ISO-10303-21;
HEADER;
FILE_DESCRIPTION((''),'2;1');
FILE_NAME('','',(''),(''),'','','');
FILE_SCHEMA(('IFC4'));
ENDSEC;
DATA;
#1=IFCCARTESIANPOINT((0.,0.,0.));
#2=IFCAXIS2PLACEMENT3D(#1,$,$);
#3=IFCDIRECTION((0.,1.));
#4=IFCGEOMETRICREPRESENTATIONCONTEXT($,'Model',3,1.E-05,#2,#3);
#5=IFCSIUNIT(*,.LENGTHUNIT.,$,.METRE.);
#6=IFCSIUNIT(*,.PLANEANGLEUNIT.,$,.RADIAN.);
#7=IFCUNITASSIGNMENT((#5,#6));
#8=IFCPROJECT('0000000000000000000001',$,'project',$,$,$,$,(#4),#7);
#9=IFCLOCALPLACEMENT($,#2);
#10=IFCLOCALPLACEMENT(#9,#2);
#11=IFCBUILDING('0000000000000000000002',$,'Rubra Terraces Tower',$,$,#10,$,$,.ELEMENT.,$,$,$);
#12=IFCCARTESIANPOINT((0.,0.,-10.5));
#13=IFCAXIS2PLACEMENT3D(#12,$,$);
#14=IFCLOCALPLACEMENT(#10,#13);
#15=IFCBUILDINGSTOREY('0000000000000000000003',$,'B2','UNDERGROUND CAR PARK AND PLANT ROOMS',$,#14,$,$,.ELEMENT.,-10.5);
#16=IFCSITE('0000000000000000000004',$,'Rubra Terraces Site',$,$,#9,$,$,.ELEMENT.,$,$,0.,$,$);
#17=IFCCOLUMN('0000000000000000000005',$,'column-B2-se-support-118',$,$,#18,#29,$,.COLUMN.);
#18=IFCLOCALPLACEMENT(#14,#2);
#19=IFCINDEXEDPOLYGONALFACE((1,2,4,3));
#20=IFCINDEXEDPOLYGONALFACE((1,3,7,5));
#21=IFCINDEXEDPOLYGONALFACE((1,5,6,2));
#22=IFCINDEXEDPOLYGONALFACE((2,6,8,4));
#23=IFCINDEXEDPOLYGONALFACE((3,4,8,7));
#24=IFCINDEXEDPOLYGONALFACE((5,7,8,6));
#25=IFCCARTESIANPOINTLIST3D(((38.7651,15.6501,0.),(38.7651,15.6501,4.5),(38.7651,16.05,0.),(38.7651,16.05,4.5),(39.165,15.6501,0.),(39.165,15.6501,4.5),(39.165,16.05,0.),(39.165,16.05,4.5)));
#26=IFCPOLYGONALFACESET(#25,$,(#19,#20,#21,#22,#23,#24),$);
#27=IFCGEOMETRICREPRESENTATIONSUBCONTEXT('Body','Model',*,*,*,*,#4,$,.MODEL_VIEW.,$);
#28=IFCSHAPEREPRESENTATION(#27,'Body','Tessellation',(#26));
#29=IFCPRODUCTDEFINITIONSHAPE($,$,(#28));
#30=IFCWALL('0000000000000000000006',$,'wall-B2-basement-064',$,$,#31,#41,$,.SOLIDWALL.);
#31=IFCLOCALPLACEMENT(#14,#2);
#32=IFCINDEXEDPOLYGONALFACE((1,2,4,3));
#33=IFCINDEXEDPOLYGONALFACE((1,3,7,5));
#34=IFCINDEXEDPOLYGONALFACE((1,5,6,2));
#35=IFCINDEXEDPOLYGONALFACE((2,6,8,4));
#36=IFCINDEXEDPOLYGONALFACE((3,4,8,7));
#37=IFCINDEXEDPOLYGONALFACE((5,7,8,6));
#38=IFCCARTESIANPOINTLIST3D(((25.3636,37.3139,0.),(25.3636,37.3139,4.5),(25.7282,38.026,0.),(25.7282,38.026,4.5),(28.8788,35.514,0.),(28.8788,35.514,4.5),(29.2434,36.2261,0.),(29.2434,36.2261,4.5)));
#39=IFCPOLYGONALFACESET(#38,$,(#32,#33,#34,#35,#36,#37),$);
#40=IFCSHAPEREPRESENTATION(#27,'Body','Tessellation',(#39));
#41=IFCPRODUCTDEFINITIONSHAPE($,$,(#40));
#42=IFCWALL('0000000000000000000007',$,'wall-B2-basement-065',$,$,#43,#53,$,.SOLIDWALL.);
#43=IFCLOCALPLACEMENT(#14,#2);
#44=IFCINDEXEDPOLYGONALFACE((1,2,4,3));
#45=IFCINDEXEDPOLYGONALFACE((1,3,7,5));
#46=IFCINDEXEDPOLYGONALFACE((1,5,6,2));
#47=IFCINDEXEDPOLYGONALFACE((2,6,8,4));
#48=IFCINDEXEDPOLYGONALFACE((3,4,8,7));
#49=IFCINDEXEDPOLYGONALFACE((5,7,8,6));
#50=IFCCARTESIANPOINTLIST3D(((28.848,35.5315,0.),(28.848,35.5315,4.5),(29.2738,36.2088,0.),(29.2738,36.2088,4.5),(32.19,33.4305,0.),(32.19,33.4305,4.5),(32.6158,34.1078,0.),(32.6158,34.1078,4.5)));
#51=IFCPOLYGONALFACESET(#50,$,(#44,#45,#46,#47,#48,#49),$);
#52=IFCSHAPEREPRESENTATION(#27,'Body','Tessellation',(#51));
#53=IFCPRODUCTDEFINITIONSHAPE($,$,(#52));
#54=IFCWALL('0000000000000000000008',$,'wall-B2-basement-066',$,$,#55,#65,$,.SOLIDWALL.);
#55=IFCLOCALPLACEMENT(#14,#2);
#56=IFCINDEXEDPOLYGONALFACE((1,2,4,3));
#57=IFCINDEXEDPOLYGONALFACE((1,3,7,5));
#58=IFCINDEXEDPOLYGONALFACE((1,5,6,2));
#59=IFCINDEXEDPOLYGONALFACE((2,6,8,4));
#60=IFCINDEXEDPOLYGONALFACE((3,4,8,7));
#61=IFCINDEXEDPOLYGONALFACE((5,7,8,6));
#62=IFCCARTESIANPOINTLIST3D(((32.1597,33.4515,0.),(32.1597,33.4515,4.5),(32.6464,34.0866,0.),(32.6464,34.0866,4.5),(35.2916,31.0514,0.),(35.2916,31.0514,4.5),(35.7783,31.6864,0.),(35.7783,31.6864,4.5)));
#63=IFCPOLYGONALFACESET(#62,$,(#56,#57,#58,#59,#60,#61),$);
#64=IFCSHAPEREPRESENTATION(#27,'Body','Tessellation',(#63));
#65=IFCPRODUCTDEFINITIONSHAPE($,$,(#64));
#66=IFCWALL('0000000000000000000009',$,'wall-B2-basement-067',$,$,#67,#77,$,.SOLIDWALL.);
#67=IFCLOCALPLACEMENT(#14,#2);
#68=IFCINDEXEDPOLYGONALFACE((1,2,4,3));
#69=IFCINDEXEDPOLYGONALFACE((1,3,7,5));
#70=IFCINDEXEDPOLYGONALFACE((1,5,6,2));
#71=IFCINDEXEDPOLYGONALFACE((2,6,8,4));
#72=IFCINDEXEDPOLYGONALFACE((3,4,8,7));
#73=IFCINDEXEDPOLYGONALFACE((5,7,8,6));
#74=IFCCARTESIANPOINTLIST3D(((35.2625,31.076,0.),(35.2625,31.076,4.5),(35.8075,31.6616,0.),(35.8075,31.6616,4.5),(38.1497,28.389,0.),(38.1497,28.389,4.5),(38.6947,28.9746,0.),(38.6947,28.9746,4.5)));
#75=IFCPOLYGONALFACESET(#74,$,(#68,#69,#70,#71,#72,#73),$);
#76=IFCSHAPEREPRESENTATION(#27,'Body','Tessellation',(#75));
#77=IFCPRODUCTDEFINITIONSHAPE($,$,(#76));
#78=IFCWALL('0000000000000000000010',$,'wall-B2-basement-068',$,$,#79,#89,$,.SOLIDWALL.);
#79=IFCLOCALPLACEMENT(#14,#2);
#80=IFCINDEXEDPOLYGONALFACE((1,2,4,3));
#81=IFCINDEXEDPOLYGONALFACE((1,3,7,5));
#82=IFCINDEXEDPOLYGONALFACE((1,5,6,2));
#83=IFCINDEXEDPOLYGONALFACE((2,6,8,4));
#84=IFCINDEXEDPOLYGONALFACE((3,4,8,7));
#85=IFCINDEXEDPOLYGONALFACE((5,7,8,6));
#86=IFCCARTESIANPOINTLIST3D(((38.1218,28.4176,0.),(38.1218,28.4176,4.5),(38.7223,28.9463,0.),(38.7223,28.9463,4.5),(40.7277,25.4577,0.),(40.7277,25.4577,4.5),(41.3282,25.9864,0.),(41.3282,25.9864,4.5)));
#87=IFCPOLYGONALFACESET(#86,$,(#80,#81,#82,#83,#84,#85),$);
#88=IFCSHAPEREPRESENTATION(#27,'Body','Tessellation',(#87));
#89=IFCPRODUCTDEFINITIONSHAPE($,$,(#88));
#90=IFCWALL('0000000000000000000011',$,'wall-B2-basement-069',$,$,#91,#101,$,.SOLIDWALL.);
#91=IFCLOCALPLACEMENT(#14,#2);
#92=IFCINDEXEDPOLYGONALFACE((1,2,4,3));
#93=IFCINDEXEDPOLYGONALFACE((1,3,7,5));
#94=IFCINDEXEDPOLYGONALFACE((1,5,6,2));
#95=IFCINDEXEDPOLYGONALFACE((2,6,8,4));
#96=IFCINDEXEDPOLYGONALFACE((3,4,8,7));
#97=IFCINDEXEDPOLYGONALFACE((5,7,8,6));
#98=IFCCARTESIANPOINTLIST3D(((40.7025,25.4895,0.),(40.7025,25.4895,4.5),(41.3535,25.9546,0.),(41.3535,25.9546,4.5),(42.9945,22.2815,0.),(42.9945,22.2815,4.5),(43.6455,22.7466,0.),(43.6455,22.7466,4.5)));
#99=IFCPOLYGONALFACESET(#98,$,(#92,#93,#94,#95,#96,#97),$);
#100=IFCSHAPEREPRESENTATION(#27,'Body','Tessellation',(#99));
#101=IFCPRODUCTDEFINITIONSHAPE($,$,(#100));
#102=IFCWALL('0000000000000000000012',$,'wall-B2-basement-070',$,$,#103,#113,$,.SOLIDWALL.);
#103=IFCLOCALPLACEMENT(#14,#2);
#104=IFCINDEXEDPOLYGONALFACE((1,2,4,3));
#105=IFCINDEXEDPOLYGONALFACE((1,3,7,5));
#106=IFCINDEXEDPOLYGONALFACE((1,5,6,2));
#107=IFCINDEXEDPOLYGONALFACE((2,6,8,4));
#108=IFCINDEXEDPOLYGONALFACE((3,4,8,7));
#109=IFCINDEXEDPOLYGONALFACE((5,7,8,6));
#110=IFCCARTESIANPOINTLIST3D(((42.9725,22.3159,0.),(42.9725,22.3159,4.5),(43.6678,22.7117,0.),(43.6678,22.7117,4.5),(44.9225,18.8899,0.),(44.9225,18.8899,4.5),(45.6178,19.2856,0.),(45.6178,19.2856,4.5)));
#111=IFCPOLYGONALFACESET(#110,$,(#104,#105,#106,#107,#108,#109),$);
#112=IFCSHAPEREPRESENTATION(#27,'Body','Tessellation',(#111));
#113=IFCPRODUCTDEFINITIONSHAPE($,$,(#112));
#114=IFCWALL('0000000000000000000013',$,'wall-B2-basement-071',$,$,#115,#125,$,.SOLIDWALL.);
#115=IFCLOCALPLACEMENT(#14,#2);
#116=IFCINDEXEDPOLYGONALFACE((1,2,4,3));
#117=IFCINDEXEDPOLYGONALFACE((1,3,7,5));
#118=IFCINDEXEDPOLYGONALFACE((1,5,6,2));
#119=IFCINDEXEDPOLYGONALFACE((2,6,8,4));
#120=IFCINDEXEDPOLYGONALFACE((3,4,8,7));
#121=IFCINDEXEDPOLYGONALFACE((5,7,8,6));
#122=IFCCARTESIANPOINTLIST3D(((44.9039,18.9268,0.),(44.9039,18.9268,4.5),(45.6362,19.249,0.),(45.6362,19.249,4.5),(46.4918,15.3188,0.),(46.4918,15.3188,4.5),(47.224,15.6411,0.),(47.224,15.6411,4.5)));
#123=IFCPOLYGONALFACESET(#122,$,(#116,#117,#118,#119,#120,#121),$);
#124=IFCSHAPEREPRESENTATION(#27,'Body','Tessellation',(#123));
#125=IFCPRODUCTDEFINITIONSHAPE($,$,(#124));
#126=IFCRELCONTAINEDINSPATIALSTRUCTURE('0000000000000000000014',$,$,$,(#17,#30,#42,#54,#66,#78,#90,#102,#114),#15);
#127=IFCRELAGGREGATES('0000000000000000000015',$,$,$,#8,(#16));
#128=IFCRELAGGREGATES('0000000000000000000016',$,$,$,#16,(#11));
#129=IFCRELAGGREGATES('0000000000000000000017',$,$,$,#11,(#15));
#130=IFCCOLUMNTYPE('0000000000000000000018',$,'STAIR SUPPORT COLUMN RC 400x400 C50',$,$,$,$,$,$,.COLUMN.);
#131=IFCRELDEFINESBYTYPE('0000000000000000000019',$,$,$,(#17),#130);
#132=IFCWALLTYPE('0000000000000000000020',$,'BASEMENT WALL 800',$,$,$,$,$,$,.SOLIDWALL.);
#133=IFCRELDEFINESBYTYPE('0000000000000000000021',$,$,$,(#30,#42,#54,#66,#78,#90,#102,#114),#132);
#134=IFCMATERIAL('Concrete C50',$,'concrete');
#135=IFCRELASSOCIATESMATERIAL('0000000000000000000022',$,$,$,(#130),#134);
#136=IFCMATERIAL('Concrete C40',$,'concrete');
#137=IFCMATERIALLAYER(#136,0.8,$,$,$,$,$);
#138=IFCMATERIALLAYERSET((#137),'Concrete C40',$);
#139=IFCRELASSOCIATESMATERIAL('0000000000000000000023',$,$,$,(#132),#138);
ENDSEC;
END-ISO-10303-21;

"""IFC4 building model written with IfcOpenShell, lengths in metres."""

from ifc_helpers import new_model, si_unit, direction, frame, frame_2d, origin, origin_2d, place, context, subcontext, project, spatial, rectangle, extrude, material, layer, layer_set, material_profile, profile_set, type_object, element, save


model = new_model("IFC4")

# Units and contexts
model_context = context("Model", 3, precision=1e-05, world=origin(), true_north=direction((0.0, 1.0)))
body_context = subcontext(model_context, "Body", "Model", "MODEL_VIEW")
ifc_project = project(units=[si_unit("LENGTHUNIT", "METRE"), si_unit("PLANEANGLEUNIT", "RADIAN")], contexts=[model_context])

# Site, building, storey
site_placement = place(None, origin())
site = spatial("IfcSite", under=ifc_project, at=site_placement, Name="Rubra Terraces Site", CompositionType="ELEMENT", RefElevation=0.0)
building_placement = place(site_placement, origin())
building = spatial("IfcBuilding", under=site, at=building_placement, Name="Rubra Terraces Tower", CompositionType="ELEMENT")
storey_placement = place(building_placement, frame((0.0, 0.0, -10.5)))
storey = spatial("IfcBuildingStorey", under=building, at=storey_placement, Name="B2", Description="UNDERGROUND CAR PARK AND PLANT ROOMS", CompositionType="ELEMENT", Elevation=-10.5)

# Column
ifc_material_1 = material(Name="Concrete C50", Category="concrete")
ifc_material_profile_1 = material_profile(ifc_material_1, rectangle(XDim=0.3999, YDim=0.3999, at=origin_2d()), Name="RC 400x400")
ifc_profile_set_1 = profile_set([ifc_material_profile_1], Name="Concrete C50")
column_type_1 = type_object("IfcColumnType", Name="STAIR SUPPORT COLUMN RC 400x400 C50", PredefinedType="COLUMN", material=ifc_profile_set_1)
for number, where, z_axis, x_axis, name in (
    (1, (38.9651, 15.8501, 0.0), (0.0, 0.0, 1.0), (1.0, 0.0, 0.0), "column-B2-se-support-118"),
):
    element("IfcColumn", number, at=place(storey_placement, frame(where, z_axis=z_axis, x_axis=x_axis)), inside=storey, type_object=column_type_1, Name=name, PredefinedType="COLUMN", context=body_context, shape_type="SweptSolid", body=[
        extrude(rectangle(XDim=0.3999, YDim=0.3999, at=origin_2d()), origin(), (0.0, 0.0, 1.0), 4.5),
    ])

# Walls
ifc_material_2 = material(Name="Concrete C40", Category="concrete")
ifc_layer = layer(ifc_material_2, 0.8)
ifc_layer_set = layer_set([ifc_layer], Name="Concrete C40")
wall_type = type_object("IfcWallType", Name="BASEMENT WALL 800", PredefinedType="SOLIDWALL", material=ifc_layer_set)
wall_1_placement = place(storey_placement, frame((25.5459, 37.6699, 0.0), z_axis=(0.0, 0.0, 1.0), x_axis=(0.890108, -0.455749, 0.0)))
element("IfcWall", 2, at=wall_1_placement, inside=storey, type_object=wall_type, Name="wall-B2-basement-064", PredefinedType="SOLIDWALL", context=body_context, shape_type="SweptSolid", body=[
    extrude(rectangle(XDim=3.9492, YDim=0.8, at=frame_2d((1.9746, 0.0))), origin(), (0.0, 0.0, 1.0), 4.5),
])
wall_2_placement = place(storey_placement, frame((29.061, 35.8701, 0.0), z_axis=(0.0, 0.0, 1.0), x_axis=(0.846595, -0.532237, 0.0)))
element("IfcWall", 3, at=wall_2_placement, inside=storey, type_object=wall_type, Name="wall-B2-basement-065", PredefinedType="SOLIDWALL", context=body_context, shape_type="SweptSolid", body=[
    extrude(rectangle(XDim=3.9475, YDim=0.8, at=frame_2d((1.9736, 0.0))), origin(), (0.0, 0.0, 1.0), 4.5),
])
wall_3_placement = place(storey_placement, frame((32.4031, 33.769, 0.0), z_axis=(0.0, 0.0, 1.0), x_axis=(0.79372, -0.608283, 0.0)))
element("IfcWall", 4, at=wall_3_placement, inside=storey, type_object=wall_type, Name="wall-B2-basement-066", PredefinedType="SOLIDWALL", context=body_context, shape_type="SweptSolid", body=[
    extrude(rectangle(XDim=3.9458, YDim=0.8, at=frame_2d((1.9729, 0.0))), origin(), (0.0, 0.0, 1.0), 4.5),
])
wall_4_placement = place(storey_placement, frame((35.5349, 31.3689, 0.0), z_axis=(0.0, 0.0, 1.0), x_axis=(0.73203, -0.681272, 0.0)))
element("IfcWall", 5, at=wall_4_placement, inside=storey, type_object=wall_type, Name="wall-B2-basement-067", PredefinedType="SOLIDWALL", context=body_context, shape_type="SweptSolid", body=[
    extrude(rectangle(XDim=3.9441, YDim=0.8, at=frame_2d((1.9722, 0.0))), origin(), (0.0, 0.0, 1.0), 4.5),
])
wall_5_placement = place(storey_placement, frame((38.4221, 28.6819, 0.0), z_axis=(0.0, 0.0, 1.0), x_axis=(0.660798, -0.750564, 0.0)))
element("IfcWall", 6, at=wall_5_placement, inside=storey, type_object=wall_type, Name="wall-B2-basement-068", PredefinedType="SOLIDWALL", context=body_context, shape_type="SweptSolid", body=[
    extrude(rectangle(XDim=3.9436, YDim=0.8, at=frame_2d((1.9717, 0.0))), origin(), (0.0, 0.0, 1.0), 4.5),
])
wall_6_placement = place(storey_placement, frame((41.0281, 25.7219, 0.0), z_axis=(0.0, 0.0, 1.0), x_axis=(0.581332, -0.813667, 0.0)))
element("IfcWall", 7, at=wall_6_placement, inside=storey, type_object=wall_type, Name="wall-B2-basement-069", PredefinedType="SOLIDWALL", context=body_context, shape_type="SweptSolid", body=[
    extrude(rectangle(XDim=3.9426, YDim=0.8, at=frame_2d((1.9712, 0.0))), origin(), (0.0, 0.0, 1.0), 4.5),
])
wall_7_placement = place(storey_placement, frame((43.3201, 22.5139, 0.0), z_axis=(0.0, 0.0, 1.0), x_axis=(0.494651, -0.869092, 0.0)))
element("IfcWall", 8, at=wall_7_placement, inside=storey, type_object=wall_type, Name="wall-B2-basement-070", PredefinedType="SOLIDWALL", context=body_context, shape_type="SweptSolid", body=[
    extrude(rectangle(XDim=3.9421, YDim=0.8, at=frame_2d((1.9712, 0.0))), origin(), (0.0, 0.0, 1.0), 4.5),
])
wall_8_placement = place(storey_placement, frame((45.27, 19.0879, 0.0), z_axis=(0.0, 0.0, 1.0), x_axis=(0.402826, -0.915277, 0.0)))
element("IfcWall", 9, at=wall_8_placement, inside=storey, type_object=wall_type, Name="wall-B2-basement-071", PredefinedType="SOLIDWALL", context=body_context, shape_type="SweptSolid", body=[
    extrude(rectangle(XDim=3.9419, YDim=0.8, at=frame_2d((1.9709, 0.0))), origin(), (0.0, 0.0, 1.0), 4.5),
])

save(model, "model.ifc")
